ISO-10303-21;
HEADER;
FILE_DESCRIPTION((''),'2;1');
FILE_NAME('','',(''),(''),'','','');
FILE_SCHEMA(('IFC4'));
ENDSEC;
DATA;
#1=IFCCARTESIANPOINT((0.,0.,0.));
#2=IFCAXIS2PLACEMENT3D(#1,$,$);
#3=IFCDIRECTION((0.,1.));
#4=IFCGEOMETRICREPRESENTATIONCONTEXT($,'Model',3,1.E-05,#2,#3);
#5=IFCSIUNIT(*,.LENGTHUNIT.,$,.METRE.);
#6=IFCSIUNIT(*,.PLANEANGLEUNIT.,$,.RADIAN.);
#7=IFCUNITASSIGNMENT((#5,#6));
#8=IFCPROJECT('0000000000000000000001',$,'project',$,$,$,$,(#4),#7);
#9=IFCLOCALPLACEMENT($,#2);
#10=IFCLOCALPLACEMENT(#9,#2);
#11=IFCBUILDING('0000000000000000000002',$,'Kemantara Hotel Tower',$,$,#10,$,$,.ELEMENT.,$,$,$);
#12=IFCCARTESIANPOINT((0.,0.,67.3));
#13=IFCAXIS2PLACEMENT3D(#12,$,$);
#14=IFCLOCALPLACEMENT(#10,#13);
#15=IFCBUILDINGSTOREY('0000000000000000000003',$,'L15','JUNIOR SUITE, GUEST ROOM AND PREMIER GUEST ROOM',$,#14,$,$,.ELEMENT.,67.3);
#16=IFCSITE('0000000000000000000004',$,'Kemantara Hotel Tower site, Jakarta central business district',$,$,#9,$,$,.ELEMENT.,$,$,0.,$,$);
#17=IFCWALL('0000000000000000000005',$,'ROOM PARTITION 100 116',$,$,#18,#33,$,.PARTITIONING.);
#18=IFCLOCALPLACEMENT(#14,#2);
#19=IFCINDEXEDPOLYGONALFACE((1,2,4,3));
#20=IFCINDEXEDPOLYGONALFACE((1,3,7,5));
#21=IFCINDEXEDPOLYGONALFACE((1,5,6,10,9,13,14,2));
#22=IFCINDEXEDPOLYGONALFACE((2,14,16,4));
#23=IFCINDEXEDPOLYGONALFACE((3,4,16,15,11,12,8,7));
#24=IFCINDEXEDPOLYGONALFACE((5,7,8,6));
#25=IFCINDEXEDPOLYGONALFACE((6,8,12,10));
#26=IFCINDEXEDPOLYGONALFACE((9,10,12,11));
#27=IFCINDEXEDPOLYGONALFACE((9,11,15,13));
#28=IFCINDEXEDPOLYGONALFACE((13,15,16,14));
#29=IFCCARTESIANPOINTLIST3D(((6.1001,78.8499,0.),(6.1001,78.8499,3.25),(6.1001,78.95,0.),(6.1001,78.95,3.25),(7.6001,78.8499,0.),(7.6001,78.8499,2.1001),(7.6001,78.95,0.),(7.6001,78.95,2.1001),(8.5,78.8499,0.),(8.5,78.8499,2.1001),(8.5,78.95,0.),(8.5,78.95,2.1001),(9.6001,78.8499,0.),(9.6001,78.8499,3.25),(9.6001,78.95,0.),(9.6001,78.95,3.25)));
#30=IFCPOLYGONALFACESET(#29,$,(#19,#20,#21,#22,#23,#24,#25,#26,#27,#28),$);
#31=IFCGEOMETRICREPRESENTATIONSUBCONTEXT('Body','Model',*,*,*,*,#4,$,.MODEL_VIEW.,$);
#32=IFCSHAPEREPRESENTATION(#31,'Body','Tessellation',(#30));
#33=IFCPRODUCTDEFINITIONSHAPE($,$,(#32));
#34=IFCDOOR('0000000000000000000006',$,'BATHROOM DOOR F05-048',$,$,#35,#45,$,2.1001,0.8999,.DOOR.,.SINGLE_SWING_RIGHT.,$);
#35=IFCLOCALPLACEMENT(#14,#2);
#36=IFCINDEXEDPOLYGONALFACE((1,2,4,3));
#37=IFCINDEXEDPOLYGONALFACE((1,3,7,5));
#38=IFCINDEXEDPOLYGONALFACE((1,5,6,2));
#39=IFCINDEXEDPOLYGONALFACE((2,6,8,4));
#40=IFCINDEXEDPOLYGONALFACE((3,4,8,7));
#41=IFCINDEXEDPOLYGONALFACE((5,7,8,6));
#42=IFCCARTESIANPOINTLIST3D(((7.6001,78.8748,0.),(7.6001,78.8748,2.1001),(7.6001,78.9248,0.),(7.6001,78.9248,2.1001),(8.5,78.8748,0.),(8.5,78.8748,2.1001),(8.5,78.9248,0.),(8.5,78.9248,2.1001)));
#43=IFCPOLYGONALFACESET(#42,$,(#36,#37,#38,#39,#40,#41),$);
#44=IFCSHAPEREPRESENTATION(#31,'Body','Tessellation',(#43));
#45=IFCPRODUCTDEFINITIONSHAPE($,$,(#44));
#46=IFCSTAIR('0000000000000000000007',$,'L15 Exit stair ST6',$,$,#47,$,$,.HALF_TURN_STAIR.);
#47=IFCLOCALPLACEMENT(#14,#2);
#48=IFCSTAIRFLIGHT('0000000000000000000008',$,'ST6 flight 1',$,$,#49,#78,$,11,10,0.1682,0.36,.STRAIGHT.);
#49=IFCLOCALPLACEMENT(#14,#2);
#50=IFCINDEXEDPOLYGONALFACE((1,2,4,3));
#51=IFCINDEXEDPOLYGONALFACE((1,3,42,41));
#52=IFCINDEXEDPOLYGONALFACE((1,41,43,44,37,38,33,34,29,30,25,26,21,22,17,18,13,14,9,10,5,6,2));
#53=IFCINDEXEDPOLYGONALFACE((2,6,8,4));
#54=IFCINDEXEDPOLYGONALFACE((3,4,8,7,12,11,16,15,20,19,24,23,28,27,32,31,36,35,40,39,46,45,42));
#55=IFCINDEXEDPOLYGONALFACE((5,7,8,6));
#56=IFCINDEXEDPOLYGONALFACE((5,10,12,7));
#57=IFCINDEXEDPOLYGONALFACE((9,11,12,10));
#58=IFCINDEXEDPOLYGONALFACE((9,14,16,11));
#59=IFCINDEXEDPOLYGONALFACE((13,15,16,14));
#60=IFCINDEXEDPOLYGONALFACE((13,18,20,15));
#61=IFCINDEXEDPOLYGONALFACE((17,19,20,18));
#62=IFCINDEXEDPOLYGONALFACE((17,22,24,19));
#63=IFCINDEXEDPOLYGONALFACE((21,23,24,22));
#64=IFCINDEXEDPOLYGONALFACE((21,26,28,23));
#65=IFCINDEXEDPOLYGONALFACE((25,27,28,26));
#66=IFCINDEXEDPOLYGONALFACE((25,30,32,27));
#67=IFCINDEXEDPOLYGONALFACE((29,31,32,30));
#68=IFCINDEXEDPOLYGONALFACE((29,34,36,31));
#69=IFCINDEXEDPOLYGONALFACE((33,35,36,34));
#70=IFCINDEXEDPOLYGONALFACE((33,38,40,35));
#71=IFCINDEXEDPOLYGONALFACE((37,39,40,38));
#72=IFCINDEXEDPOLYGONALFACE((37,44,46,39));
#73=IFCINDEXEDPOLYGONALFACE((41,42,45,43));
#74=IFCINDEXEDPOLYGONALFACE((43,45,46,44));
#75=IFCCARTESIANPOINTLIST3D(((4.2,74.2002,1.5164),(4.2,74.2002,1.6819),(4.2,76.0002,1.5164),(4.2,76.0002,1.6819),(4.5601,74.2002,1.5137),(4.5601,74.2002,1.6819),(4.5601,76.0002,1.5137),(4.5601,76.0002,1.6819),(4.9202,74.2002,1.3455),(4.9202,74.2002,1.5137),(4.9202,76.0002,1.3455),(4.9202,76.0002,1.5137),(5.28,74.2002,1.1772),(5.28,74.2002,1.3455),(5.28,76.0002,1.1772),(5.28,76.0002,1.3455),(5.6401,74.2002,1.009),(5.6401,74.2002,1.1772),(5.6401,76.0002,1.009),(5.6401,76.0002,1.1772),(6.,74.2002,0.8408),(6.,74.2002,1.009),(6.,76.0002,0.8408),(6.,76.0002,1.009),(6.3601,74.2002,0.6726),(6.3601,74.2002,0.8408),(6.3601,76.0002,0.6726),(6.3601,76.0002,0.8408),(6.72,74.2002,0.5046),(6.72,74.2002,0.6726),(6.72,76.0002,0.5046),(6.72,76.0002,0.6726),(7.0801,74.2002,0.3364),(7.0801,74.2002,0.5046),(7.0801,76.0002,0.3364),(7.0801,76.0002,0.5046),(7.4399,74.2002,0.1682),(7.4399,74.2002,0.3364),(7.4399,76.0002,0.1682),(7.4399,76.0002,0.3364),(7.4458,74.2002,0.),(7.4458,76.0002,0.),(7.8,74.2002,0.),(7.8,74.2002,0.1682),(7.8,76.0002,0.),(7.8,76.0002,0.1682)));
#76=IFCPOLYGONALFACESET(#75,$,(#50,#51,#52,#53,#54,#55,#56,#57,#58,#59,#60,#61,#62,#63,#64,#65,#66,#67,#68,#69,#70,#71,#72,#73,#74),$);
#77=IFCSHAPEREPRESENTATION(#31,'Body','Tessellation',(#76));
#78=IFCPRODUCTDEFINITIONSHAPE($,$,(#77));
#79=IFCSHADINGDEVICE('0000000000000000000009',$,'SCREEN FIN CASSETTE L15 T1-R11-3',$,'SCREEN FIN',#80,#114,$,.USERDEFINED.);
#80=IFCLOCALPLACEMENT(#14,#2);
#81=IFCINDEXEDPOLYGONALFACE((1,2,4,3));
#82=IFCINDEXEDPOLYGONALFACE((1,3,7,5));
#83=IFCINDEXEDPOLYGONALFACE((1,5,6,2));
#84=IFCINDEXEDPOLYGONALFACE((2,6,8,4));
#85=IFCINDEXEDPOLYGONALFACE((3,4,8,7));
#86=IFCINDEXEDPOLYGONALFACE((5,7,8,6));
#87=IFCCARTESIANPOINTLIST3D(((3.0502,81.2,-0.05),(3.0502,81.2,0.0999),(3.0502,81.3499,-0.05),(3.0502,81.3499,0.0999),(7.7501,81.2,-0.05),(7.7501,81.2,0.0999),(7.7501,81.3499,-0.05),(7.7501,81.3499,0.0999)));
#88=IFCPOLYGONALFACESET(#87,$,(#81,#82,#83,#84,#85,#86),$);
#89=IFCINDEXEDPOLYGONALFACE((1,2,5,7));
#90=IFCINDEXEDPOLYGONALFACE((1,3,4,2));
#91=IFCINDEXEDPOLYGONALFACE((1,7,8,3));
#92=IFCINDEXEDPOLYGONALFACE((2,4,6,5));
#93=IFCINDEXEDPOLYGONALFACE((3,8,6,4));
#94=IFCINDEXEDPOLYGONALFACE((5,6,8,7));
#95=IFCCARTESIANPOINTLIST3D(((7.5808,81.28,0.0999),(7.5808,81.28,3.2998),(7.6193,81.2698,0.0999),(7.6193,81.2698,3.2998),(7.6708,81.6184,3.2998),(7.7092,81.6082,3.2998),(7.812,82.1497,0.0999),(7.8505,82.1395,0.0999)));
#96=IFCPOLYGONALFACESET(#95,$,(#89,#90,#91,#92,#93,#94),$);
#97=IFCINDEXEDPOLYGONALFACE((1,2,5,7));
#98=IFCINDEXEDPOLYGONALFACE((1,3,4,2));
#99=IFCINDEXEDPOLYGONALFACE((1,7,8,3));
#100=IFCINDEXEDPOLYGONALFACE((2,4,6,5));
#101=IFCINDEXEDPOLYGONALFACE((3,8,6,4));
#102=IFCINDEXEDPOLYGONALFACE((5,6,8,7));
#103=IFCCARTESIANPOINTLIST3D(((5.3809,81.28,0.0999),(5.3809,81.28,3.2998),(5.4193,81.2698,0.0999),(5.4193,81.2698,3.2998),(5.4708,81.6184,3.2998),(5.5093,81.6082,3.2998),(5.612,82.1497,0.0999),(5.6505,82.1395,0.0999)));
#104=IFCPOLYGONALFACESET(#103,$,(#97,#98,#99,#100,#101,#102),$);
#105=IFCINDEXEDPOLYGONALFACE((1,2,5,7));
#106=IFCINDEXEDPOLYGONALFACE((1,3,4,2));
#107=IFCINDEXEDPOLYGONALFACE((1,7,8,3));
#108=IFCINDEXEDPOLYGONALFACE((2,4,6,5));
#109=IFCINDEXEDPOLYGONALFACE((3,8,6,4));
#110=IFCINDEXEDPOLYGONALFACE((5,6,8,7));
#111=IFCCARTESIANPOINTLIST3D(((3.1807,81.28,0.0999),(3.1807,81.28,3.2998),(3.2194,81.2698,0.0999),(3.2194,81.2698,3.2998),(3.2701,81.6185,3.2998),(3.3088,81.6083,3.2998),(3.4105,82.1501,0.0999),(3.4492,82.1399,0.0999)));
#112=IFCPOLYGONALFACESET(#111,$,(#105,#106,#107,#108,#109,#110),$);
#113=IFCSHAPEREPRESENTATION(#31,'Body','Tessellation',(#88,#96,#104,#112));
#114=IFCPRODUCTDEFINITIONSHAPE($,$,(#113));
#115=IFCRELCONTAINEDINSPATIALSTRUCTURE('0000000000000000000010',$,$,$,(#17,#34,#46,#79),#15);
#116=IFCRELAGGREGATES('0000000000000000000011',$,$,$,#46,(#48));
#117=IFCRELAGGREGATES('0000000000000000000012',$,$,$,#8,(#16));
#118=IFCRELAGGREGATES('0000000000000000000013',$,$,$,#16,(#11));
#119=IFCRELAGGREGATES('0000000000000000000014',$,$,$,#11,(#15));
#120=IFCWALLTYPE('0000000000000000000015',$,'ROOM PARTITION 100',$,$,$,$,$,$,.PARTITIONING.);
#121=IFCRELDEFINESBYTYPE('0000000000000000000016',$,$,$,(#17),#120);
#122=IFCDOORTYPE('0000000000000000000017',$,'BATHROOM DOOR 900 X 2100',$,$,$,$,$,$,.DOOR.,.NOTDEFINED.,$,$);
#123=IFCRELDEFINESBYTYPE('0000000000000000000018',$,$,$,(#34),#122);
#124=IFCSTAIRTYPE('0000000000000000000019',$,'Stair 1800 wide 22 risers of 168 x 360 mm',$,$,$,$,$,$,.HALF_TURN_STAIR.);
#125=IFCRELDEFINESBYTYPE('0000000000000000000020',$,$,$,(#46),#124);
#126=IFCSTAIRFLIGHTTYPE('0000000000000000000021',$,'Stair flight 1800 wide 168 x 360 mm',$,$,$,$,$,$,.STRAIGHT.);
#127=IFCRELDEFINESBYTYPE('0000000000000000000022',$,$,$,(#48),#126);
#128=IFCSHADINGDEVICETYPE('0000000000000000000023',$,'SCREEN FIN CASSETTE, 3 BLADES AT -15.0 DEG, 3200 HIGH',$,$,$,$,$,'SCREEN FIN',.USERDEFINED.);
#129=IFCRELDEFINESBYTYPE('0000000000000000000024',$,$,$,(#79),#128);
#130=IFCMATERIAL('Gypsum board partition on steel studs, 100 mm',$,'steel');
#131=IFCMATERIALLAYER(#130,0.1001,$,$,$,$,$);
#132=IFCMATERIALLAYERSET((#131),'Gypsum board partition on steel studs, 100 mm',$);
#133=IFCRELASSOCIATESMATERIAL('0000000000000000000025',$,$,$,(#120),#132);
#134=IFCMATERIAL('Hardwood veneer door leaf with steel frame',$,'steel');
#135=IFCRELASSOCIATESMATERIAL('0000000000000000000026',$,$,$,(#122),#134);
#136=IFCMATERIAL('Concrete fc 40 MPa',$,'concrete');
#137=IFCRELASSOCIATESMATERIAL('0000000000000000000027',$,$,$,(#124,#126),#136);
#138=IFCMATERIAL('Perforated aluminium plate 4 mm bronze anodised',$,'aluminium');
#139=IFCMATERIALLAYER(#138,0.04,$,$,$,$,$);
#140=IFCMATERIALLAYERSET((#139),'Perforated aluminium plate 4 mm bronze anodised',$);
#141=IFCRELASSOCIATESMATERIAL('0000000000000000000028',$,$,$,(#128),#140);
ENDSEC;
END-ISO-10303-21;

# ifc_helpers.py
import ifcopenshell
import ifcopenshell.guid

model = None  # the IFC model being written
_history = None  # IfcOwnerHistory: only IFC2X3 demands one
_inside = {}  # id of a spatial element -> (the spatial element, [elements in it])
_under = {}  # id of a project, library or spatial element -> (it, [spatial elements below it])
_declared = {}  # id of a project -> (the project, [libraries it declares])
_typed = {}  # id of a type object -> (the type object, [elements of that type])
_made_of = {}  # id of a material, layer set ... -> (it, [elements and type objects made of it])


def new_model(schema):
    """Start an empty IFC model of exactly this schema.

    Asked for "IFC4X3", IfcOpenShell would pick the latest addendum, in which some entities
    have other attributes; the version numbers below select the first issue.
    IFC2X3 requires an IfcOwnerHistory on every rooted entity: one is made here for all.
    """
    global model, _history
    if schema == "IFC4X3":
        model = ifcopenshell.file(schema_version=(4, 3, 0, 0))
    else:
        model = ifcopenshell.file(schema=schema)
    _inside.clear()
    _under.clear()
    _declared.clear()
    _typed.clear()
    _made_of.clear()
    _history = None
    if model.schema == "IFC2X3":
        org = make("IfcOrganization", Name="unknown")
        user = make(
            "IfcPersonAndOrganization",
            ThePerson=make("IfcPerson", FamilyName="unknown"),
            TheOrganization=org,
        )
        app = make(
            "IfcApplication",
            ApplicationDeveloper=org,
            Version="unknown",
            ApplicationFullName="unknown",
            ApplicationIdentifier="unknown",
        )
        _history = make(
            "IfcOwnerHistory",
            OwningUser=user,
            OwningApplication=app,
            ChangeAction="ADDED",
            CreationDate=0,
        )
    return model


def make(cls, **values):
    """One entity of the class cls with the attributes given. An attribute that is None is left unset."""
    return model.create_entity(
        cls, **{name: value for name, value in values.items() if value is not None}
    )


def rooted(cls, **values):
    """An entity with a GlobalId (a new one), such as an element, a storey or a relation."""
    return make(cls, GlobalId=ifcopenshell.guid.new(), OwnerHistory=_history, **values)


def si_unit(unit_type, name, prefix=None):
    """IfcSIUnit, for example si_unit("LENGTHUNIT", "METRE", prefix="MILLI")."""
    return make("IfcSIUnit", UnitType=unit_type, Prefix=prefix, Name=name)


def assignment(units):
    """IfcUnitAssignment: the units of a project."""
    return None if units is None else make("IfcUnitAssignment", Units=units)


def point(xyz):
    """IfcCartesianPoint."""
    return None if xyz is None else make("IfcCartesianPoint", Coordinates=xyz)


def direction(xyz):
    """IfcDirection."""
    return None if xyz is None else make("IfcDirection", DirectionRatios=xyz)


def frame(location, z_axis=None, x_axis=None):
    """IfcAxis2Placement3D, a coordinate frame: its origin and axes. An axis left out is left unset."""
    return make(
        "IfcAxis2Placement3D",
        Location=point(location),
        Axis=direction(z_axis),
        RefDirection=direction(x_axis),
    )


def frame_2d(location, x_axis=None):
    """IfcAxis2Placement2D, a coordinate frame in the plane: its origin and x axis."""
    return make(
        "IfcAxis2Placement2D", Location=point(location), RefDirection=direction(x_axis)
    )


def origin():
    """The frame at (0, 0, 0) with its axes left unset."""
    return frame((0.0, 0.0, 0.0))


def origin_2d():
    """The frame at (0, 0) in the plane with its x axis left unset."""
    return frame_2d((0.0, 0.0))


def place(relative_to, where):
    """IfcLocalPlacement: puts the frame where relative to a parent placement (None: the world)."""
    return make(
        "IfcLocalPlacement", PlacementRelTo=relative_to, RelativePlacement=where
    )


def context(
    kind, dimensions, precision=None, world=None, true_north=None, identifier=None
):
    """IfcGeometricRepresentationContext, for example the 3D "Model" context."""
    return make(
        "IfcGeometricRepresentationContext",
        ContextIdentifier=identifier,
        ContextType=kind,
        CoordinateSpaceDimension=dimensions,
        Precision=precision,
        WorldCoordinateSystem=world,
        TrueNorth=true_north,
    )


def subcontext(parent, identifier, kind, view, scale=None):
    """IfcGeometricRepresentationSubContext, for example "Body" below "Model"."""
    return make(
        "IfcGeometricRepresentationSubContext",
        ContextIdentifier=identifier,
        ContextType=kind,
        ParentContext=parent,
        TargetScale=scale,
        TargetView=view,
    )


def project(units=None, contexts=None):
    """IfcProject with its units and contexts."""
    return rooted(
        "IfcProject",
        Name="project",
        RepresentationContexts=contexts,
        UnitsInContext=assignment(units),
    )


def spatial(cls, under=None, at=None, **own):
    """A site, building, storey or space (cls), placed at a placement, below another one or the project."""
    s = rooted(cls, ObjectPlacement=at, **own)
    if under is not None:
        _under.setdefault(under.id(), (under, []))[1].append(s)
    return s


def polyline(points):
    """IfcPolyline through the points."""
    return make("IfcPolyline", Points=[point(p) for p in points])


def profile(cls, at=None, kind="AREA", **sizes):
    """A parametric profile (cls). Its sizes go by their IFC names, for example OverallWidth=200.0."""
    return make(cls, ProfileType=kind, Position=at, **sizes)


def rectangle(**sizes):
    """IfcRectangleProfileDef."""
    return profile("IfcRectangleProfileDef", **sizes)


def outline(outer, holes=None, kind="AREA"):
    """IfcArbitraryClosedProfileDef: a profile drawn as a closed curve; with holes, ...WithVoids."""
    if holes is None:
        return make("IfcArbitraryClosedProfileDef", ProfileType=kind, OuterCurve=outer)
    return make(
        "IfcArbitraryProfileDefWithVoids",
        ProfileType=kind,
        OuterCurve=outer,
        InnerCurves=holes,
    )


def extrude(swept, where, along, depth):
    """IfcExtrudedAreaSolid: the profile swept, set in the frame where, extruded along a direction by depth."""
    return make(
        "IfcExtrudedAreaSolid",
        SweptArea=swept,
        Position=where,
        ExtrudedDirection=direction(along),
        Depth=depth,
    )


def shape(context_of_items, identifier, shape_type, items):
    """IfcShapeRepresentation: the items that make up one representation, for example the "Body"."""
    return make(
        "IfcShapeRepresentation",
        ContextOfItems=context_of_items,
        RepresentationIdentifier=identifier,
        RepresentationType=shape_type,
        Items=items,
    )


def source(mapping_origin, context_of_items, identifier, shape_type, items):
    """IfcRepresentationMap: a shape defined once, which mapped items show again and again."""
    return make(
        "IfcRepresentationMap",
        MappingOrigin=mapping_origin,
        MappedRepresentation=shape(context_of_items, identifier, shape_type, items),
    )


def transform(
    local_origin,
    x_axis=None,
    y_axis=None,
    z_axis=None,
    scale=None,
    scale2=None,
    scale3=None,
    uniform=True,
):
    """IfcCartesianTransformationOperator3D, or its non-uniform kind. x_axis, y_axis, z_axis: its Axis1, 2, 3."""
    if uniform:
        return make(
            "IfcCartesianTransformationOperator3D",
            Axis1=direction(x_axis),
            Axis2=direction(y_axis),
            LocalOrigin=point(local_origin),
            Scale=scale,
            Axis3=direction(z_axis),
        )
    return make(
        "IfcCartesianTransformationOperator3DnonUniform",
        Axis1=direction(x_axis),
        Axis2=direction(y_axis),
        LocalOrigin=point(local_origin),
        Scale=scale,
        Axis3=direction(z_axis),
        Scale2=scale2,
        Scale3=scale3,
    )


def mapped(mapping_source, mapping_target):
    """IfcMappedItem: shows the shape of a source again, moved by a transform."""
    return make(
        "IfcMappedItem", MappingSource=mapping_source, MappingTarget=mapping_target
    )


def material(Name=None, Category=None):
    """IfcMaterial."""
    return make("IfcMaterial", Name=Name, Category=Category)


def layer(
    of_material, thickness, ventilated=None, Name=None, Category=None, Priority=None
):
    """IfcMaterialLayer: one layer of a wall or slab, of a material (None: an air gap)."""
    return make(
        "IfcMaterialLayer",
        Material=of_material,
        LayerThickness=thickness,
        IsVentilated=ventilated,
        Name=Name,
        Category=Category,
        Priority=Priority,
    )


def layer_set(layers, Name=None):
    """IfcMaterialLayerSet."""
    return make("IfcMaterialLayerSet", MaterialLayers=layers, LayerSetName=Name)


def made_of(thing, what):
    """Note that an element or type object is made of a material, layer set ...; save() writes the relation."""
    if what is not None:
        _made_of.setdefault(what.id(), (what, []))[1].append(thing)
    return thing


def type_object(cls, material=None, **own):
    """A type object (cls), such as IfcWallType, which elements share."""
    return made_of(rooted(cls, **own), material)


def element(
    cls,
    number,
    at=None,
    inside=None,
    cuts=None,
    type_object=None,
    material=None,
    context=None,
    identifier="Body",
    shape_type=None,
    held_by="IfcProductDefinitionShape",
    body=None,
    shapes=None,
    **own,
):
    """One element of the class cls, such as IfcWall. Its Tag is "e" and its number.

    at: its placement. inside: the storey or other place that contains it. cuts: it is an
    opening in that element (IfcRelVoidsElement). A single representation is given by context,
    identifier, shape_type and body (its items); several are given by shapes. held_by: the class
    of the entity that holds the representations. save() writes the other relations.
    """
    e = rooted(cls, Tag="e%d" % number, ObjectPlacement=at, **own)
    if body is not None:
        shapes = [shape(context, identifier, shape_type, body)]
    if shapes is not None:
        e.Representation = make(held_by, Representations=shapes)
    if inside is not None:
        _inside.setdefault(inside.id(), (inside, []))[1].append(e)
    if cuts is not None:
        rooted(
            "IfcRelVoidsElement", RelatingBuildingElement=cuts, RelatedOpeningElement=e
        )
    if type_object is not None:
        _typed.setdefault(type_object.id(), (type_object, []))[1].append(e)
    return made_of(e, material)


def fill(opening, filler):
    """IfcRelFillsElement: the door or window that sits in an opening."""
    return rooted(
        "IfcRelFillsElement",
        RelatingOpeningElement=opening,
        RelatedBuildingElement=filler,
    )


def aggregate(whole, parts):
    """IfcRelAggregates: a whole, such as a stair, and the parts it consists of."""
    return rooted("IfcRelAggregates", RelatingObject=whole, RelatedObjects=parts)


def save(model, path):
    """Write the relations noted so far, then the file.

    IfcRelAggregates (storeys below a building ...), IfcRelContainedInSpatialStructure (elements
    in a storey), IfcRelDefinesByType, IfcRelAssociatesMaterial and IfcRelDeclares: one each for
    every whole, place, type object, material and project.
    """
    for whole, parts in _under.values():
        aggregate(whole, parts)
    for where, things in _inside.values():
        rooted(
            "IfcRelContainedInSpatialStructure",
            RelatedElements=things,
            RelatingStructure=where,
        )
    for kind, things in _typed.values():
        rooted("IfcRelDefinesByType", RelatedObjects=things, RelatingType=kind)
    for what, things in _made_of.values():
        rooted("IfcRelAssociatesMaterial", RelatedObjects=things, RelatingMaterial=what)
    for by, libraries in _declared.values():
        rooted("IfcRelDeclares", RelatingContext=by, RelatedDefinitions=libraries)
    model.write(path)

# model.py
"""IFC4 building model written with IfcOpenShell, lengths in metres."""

from ifc_helpers import new_model, si_unit, direction, frame, frame_2d, origin, origin_2d, place, context, subcontext, project, spatial, polyline, rectangle, outline, extrude, source, transform, mapped, material, layer, layer_set, type_object, element, fill, aggregate, save


model = new_model("IFC4")

# Units and contexts
model_context = context("Model", 3, precision=1e-05, world=origin(), true_north=direction((0.0, 1.0)))
body_context = subcontext(model_context, "Body", "Model", "MODEL_VIEW")
ifc_project = project(units=[si_unit("LENGTHUNIT", "METRE"), si_unit("PLANEANGLEUNIT", "RADIAN")], contexts=[model_context])

# Site, building, storey
site_placement = place(None, origin())
site = spatial("IfcSite", under=ifc_project, at=site_placement, Name="Kemantara Hotel Tower site, Jakarta central business district", CompositionType="ELEMENT", RefElevation=0.0)
building_placement = place(site_placement, origin())
building = spatial("IfcBuilding", under=site, at=building_placement, Name="Kemantara Hotel Tower", CompositionType="ELEMENT")
storey_placement = place(building_placement, frame((0.0, 0.0, 67.3)))
storey = spatial("IfcBuildingStorey", under=building, at=storey_placement, Name="L15", Description="JUNIOR SUITE, GUEST ROOM AND PREMIER GUEST ROOM", CompositionType="ELEMENT", Elevation=67.3)

# Shared definitions
ifc_material_1 = material(Name="Hardwood veneer door leaf with steel frame", Category="steel")
ifc_material_2 = material(Name="Concrete fc 40 MPa", Category="concrete")

# Shared definitions
ifc_material_3 = material(Name="Gypsum board partition on steel studs, 100 mm", Category="steel")
ifc_layer_1 = layer(ifc_material_3, 0.1001)
ifc_layer_set_1 = layer_set([ifc_layer_1], Name="Gypsum board partition on steel studs, 100 mm")
wall_type_1 = type_object("IfcWallType", Name="ROOM PARTITION 100", PredefinedType="PARTITIONING", material=ifc_layer_set_1)

# Wall, opening, door
wall_1_placement = place(storey_placement, frame((6.1001, 78.8999, 0.0), z_axis=(0.0, 0.0, 1.0), x_axis=(1.0, 0.0, 0.0)))
wall_1 = element("IfcWall", 1, at=wall_1_placement, inside=storey, type_object=wall_type_1, Name="ROOM PARTITION 100 116", PredefinedType="PARTITIONING", context=body_context, shape_type="SweptSolid", body=[
    extrude(rectangle(XDim=3.5, YDim=0.1001, at=frame_2d((1.75, 0.0))), origin(), (0.0, 0.0, 1.0), 3.25),
])
opening_1_placement = place(wall_1_placement, frame((1.5, 0.0, 0.0)))
opening_1 = element("IfcOpeningElement", 2, at=opening_1_placement, cuts=wall_1, PredefinedType="OPENING", context=body_context, shape_type="SweptSolid", body=[
    extrude(rectangle(XDim=0.8999, YDim=2.1001, at=frame_2d((0.45, 1.05))), frame((0.0, 0.0601, 0.0), z_axis=(0.0, -1.0, 0.0), x_axis=(1.0, 0.0, 0.0)), (0.0, 0.0, 1.0), 0.1201),
])
door_type_1 = type_object("IfcDoorType", Name="BATHROOM DOOR 900 X 2100", OperationType="NOTDEFINED", PredefinedType="DOOR", material=ifc_material_1)
door_1_placement = place(opening_1_placement, origin())
door_1 = element("IfcDoor", 3, at=door_1_placement, inside=storey, type_object=door_type_1, Name="BATHROOM DOOR F05-048", OperationType="SINGLE_SWING_RIGHT", OverallHeight=2.1001, OverallWidth=0.8999, PredefinedType="DOOR", context=body_context, shape_type="SweptSolid", body=[
    extrude(rectangle(XDim=0.8999, YDim=2.1001, at=frame_2d((0.45, 1.05))), frame((0.0, 0.0249, 0.0), z_axis=(0.0, -1.0, 0.0), x_axis=(1.0, 0.0, 0.0)), (0.0, 0.0, 1.0), 0.05),
])
fill(opening_1, door_1)

# Stair, stair flight
stair_type = type_object("IfcStairType", Name="Stair 1800 wide 22 risers of 168 x 360 mm", PredefinedType="HALF_TURN_STAIR", material=ifc_material_2)
stair_placement = place(storey_placement, origin())
stair = element("IfcStair", 4, at=stair_placement, inside=storey, type_object=stair_type, Name="L15 Exit stair ST6", PredefinedType="HALF_TURN_STAIR")
stair_flight_type = type_object("IfcStairFlightType", Name="Stair flight 1800 wide 168 x 360 mm", PredefinedType="STRAIGHT", material=ifc_material_2)
stair_flight_placement = place(storey_placement, frame((7.8, 75.1001, 0.0), z_axis=(0.0, 0.0, 1.0), x_axis=(-1.0, 0.0, 0.0)))
stair_flight = element("IfcStairFlight", 5, at=stair_flight_placement, type_object=stair_flight_type, Name="ST6 flight 1", NumberOfRisers=11, NumberOfTreads=10, PredefinedType="STRAIGHT", RiserHeight=0.1682, TreadLength=0.36, context=body_context, shape_type="SweptSolid", body=[
    extrude(outline(polyline([(0.0, 0.0), (0.0, 0.1682), (0.3601, 0.1682), (0.3601, 0.3364), (0.72, 0.3364), (0.72, 0.5046), (1.0801, 0.5046), (1.0801, 0.6726), (1.4399, 0.6726), (1.4399, 0.8408), (1.8, 0.8408), (1.8, 1.009), (2.1599, 1.009), (2.1599, 1.1772), (2.52, 1.1772), (2.52, 1.3455), (2.8799, 1.3455), (2.8799, 1.5137), (3.24, 1.5137), (3.24, 1.6819), (3.6001, 1.6819), (3.6001, 1.8501), (3.6001, 1.5164), (0.3542, 0.0), (0.0, 0.0)])), frame((0.0, 0.8999, 0.0), z_axis=(0.0, -1.0, 0.0), x_axis=(1.0, 0.0, 0.0)), (0.0, 0.0, 1.0), 1.8),
])
aggregate(stair, [stair_flight])

# Shading device
ifc_material_4 = material(Name="Perforated aluminium plate 4 mm bronze anodised", Category="aluminium")
ifc_layer_2 = layer(ifc_material_4, 0.04)
ifc_layer_set_2 = layer_set([ifc_layer_2], Name="Perforated aluminium plate 4 mm bronze anodised")
shading_device_type = type_object("IfcShadingDeviceType", Name="SCREEN FIN CASSETTE, 3 BLADES AT -15.0 DEG, 3200 HIGH", ElementType="SCREEN FIN", PredefinedType="USERDEFINED", material=ifc_layer_set_2)
shared_shape_1 = source(origin(), body_context, "Body", "SweptSolid", [
    extrude(rectangle(XDim=4.7, YDim=0.1499, at=origin_2d()), frame((2.2, -0.075, -0.1499), z_axis=(0.0, 0.0, 1.0), x_axis=(1.0, 0.0, 0.0)), (0.0, 0.0, 1.0), 0.1499),
    extrude(outline(polyline([(0.0, 0.0), (0.8999, 0.0), (0.3501, 3.2), (0.0, 3.2), (0.0, 0.0)])), frame((0.0193, -0.0801, 0.0), z_axis=(-0.966438, 0.256901, 0.0), x_axis=(-0.256901, -0.966438, 0.0)), (0.0, 0.0, 1.0), 0.0398),
    extrude(outline(polyline([(0.0, 0.0), (0.8999, 0.0), (0.3501, 3.2), (0.0, 3.2), (0.0, 0.0)])), frame((2.2192, -0.0801, 0.0), z_axis=(-0.966438, 0.256901, 0.0), x_axis=(-0.256901, -0.966438, 0.0)), (0.0, 0.0, 1.0), 0.0398),
    extrude(outline(polyline([(0.0, 0.0), (0.8999, 0.0), (0.3501, 3.2), (0.0, 3.2), (0.0, 0.0)])), frame((4.4194, -0.0801, 0.0), z_axis=(-0.966838, 0.255391, 0.0), x_axis=(-0.255391, -0.966838, 0.0)), (0.0, 0.0, 1.0), 0.04),
])
shading_device_placement = place(storey_placement, frame((7.6001, 81.2, 0.0999), z_axis=(0.0, 0.0, 1.0), x_axis=(-1.0, 0.0, 0.0)))
element("IfcShadingDevice", 6, at=shading_device_placement, inside=storey, type_object=shading_device_type, Name="SCREEN FIN CASSETTE L15 T1-R11-3", ObjectType="SCREEN FIN", PredefinedType="USERDEFINED", context=body_context, shape_type="MappedRepresentation", body=[
    mapped(shared_shape_1, transform((0.0, 0.0, 0.0))),
])

save(model, "model.ifc")
